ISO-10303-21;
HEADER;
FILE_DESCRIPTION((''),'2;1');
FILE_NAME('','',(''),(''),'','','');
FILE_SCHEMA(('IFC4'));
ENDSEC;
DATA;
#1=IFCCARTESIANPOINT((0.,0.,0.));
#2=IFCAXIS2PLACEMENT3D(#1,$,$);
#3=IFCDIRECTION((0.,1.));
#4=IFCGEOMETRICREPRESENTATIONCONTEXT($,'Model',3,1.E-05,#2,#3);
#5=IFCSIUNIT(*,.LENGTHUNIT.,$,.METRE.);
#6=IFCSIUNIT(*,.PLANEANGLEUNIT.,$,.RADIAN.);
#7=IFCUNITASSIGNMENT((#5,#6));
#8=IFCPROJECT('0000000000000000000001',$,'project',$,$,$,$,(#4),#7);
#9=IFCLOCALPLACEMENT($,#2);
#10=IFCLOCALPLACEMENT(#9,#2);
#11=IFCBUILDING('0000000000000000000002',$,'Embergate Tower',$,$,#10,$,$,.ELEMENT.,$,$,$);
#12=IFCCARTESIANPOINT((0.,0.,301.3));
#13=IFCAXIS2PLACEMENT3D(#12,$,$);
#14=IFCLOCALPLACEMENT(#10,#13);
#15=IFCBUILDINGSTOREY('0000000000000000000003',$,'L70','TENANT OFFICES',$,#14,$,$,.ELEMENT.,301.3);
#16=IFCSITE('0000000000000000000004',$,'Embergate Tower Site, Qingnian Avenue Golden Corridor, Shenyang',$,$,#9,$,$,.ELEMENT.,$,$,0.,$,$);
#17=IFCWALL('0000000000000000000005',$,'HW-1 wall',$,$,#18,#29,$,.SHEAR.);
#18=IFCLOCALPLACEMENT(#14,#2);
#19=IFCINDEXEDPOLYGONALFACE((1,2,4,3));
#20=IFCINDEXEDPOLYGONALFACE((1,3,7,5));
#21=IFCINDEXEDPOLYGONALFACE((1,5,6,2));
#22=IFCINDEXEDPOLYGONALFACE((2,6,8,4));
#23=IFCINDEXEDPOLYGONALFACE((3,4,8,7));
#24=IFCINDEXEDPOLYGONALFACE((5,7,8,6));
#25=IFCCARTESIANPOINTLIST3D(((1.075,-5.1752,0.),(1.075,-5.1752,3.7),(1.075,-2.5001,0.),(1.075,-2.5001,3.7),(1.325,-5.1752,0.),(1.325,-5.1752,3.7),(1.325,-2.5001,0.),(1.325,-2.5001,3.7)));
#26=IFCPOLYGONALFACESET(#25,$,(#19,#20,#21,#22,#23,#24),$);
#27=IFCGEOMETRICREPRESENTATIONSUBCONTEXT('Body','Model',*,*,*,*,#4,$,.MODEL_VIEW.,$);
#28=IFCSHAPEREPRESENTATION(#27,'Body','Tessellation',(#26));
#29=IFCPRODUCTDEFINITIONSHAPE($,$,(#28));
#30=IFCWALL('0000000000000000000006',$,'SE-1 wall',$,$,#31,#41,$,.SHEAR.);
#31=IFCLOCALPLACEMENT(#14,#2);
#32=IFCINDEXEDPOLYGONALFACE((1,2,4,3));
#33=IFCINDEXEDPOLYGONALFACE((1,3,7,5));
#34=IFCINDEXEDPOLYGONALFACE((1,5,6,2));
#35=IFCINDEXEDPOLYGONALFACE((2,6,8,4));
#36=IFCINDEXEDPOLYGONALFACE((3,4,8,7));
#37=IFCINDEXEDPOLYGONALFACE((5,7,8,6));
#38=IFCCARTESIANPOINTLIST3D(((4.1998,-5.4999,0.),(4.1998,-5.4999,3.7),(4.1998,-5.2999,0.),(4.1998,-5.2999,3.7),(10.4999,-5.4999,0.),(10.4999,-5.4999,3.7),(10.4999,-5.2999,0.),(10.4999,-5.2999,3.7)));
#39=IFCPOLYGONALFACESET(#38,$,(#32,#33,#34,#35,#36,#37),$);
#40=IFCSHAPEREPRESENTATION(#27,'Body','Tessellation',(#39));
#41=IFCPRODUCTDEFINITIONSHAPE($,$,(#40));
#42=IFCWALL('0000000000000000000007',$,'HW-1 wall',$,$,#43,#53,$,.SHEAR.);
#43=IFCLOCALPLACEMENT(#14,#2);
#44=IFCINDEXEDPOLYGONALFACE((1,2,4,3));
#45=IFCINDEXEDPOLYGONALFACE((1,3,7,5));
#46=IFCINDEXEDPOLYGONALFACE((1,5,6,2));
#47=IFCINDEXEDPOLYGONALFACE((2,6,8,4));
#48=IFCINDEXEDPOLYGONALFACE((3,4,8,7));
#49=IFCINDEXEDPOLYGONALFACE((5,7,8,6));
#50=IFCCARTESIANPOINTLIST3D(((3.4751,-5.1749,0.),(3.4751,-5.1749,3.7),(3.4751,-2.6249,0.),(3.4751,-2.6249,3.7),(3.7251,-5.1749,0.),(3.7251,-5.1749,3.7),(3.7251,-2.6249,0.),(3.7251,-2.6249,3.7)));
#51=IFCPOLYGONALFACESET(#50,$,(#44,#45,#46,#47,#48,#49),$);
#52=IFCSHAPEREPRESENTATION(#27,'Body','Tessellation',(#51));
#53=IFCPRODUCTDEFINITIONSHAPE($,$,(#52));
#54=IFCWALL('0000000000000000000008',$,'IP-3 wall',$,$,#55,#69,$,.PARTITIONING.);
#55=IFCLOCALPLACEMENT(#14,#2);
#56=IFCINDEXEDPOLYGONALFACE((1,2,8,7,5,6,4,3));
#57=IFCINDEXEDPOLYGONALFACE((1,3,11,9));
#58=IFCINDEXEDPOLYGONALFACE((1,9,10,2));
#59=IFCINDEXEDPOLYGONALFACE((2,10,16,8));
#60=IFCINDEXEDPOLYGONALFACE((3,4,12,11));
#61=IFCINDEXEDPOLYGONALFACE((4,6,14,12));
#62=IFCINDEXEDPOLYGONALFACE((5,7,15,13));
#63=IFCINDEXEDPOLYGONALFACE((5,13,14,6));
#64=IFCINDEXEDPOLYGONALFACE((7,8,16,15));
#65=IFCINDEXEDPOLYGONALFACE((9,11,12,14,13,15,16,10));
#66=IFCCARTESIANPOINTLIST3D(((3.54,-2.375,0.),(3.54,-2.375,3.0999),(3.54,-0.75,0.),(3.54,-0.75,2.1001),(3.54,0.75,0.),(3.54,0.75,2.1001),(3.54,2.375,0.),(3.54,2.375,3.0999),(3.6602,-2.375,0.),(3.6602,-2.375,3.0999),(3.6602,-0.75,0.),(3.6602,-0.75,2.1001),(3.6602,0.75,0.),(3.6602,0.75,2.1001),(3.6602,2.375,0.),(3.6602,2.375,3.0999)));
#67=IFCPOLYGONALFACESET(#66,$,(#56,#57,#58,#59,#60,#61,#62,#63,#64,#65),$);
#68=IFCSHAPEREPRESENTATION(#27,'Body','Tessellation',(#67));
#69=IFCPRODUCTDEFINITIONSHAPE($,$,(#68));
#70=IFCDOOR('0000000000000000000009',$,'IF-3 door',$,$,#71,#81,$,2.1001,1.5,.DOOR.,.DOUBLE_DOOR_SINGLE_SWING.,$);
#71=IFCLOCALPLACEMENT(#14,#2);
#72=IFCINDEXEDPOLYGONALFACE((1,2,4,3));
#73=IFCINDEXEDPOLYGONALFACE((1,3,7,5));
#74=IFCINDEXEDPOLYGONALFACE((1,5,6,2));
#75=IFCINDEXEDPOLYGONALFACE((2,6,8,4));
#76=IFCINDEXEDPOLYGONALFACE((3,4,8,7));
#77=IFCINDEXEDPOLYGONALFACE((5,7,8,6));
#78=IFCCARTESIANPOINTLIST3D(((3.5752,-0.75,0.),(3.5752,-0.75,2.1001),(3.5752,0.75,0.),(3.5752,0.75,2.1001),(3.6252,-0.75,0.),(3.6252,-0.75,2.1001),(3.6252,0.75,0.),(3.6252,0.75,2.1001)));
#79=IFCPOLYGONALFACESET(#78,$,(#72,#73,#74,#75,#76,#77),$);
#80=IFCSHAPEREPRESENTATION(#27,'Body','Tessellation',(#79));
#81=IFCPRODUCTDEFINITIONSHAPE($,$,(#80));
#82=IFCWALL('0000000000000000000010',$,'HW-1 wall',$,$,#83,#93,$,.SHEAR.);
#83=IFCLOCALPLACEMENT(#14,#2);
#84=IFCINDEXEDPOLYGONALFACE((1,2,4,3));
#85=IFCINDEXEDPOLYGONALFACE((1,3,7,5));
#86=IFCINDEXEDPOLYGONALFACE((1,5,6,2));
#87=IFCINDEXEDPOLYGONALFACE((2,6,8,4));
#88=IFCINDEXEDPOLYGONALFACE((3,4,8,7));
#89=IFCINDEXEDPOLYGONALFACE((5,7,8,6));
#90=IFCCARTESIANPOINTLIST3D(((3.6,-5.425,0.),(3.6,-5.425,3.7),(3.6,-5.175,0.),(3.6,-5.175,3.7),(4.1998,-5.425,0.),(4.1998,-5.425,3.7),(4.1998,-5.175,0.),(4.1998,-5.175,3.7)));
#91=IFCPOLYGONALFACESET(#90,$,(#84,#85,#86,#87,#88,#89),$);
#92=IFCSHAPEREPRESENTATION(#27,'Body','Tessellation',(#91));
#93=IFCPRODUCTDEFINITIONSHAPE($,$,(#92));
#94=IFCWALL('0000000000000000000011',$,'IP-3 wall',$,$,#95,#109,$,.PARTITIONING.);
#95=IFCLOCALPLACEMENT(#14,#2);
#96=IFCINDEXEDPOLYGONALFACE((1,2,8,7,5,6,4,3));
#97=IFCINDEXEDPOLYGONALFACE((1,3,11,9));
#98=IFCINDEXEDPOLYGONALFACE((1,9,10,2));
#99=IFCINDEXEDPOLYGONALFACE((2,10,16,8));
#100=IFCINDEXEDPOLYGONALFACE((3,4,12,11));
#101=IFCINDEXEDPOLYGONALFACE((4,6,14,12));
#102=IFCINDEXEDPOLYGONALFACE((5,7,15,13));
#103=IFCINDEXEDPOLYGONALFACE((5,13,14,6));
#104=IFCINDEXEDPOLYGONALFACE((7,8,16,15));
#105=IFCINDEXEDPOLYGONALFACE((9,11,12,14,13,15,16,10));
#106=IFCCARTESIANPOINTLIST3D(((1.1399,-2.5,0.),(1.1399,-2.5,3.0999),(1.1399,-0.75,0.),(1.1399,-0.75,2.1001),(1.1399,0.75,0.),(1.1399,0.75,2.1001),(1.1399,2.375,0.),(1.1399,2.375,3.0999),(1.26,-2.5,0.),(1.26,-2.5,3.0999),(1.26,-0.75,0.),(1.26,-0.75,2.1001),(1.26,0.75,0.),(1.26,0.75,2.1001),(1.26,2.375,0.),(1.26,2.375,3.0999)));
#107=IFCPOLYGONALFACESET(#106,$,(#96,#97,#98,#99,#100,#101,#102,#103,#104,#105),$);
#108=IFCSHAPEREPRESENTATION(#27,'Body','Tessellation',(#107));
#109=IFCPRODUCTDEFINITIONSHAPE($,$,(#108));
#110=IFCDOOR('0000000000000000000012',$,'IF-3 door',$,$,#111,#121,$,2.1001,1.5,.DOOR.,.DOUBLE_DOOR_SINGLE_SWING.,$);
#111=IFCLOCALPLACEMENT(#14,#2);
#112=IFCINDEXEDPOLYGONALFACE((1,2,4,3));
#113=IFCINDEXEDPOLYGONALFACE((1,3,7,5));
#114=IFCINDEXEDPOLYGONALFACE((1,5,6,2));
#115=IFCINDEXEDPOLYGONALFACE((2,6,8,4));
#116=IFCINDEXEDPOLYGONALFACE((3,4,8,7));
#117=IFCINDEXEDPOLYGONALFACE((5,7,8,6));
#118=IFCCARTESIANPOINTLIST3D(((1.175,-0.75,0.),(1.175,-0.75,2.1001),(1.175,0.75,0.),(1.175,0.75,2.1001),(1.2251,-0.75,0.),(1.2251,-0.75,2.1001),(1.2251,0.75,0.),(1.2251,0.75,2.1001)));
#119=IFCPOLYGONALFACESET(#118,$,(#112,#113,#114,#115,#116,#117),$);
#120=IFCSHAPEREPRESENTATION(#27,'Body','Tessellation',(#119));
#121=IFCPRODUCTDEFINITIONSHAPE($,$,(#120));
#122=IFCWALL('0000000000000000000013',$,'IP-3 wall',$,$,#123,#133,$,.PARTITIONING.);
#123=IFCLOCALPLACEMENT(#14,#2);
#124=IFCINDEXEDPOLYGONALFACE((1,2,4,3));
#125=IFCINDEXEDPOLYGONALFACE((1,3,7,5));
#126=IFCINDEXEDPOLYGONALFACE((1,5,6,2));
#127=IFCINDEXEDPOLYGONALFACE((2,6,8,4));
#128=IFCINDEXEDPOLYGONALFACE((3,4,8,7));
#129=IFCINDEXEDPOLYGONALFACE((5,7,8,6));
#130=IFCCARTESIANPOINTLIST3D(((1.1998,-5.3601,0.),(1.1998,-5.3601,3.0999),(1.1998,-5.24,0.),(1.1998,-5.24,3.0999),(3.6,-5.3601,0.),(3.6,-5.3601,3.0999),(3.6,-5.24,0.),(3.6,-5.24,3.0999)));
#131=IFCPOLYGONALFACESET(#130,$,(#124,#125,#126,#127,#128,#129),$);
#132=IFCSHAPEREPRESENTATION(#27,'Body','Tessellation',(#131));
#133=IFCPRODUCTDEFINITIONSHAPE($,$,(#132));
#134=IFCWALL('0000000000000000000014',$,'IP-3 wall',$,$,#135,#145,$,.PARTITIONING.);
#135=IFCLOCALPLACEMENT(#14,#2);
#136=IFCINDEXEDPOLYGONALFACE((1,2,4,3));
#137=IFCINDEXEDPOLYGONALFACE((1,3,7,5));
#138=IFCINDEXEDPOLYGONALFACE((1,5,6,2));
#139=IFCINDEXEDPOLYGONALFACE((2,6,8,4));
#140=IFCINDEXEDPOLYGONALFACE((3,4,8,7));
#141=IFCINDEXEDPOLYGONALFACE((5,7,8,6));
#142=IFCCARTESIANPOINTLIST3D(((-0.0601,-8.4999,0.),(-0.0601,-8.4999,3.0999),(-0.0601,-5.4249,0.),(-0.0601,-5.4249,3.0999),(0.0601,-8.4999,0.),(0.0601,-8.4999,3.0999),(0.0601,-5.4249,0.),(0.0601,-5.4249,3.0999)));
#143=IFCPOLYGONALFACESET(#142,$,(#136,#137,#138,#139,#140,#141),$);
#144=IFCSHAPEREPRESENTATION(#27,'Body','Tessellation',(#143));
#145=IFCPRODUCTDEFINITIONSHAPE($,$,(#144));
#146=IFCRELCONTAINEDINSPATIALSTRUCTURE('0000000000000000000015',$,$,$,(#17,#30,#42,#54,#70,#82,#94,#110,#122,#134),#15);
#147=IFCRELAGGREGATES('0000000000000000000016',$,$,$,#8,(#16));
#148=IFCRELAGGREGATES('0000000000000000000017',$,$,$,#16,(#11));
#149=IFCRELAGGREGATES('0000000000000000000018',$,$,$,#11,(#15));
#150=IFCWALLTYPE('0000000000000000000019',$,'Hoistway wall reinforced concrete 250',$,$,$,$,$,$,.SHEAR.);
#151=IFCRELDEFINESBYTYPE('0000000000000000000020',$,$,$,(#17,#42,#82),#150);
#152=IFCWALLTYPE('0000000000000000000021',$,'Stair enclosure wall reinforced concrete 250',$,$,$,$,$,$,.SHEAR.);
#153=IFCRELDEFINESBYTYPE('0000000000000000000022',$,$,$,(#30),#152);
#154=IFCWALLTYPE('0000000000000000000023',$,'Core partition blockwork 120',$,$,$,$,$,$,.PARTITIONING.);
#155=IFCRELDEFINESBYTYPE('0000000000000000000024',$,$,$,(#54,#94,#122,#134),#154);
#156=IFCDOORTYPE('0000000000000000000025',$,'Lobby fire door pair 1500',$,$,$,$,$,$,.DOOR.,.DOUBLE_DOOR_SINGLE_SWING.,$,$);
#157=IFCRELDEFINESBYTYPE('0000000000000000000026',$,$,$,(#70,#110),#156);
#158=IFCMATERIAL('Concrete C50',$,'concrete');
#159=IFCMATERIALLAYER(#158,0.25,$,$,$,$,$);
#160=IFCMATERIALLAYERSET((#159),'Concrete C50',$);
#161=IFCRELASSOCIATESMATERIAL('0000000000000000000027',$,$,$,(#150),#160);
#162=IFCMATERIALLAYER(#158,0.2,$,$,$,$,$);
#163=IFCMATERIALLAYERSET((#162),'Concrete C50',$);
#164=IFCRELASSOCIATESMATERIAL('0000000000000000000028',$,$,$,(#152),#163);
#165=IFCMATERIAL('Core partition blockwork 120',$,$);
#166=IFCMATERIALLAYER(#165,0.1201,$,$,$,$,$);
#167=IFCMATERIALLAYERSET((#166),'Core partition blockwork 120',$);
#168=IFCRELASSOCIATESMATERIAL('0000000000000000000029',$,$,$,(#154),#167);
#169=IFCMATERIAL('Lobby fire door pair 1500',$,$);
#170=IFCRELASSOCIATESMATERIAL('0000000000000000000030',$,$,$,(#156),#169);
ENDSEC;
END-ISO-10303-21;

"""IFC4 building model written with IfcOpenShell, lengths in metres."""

from ifc_helpers import new_model, si_unit, direction, frame, frame_2d, origin, place, context, subcontext, project, spatial, rectangle, extrude, source, transform, mapped, material, layer, layer_set, type_object, element, fill, save


model = new_model("IFC4")

# Units and contexts
model_context = context("Model", 3, precision=1e-05, world=origin(), true_north=direction((0.0, 1.0)))
body_context = subcontext(model_context, "Body", "Model", "MODEL_VIEW")
ifc_project = project(units=[si_unit("LENGTHUNIT", "METRE"), si_unit("PLANEANGLEUNIT", "RADIAN")], contexts=[model_context])

# Site, building, storey
site_placement = place(None, origin())
site = spatial("IfcSite", under=ifc_project, at=site_placement, Name="Embergate Tower Site, Qingnian Avenue Golden Corridor, Shenyang", CompositionType="ELEMENT", RefElevation=0.0)
building_placement = place(site_placement, origin())
building = spatial("IfcBuilding", under=site, at=building_placement, Name="Embergate Tower", CompositionType="ELEMENT")
storey_placement = place(building_placement, frame((0.0, 0.0, 301.3)))
storey = spatial("IfcBuildingStorey", under=building, at=storey_placement, Name="L70", Description="TENANT OFFICES", CompositionType="ELEMENT", Elevation=301.3)

# Walls
ifc_material_1 = material(Name="Concrete C50", Category="concrete")
ifc_layer_1 = layer(ifc_material_1, 0.25)
ifc_layer_set_1 = layer_set([ifc_layer_1], Name="Concrete C50")
wall_type_1 = type_object("IfcWallType", Name="Hoistway wall reinforced concrete 250", PredefinedType="SHEAR", material=ifc_layer_set_1)
shared_shape_1 = source(origin(), body_context, "Body", "SweptSolid", [
    extrude(rectangle(XDim=2.675, YDim=0.25, at=frame_2d((1.3374, 0.0))), origin(), (0.0, 0.0, 1.0), 3.7),
])
wall_1_placement = place(storey_placement, frame((1.2, -5.175, 0.0), z_axis=(0.0, 0.0, 1.0), x_axis=(0.0, 1.0, 0.0)))
element("IfcWall", 1, at=wall_1_placement, inside=storey, type_object=wall_type_1, Name="HW-1 wall", PredefinedType="SHEAR", context=body_context, shape_type="MappedRepresentation", body=[
    mapped(shared_shape_1, transform((0.0, 0.0, 0.0))),
])
ifc_layer_2 = layer(ifc_material_1, 0.2)
ifc_layer_set_2 = layer_set([ifc_layer_2], Name="Concrete C50")
wall_type_2 = type_object("IfcWallType", Name="Stair enclosure wall reinforced concrete 250", PredefinedType="SHEAR", material=ifc_layer_set_2)
shared_shape_2 = source(origin(), body_context, "Body", "SweptSolid", [
    extrude(rectangle(XDim=6.3, YDim=0.2, at=frame_2d((3.1499, 0.0))), origin(), (0.0, 0.0, 1.0), 3.7),
])
wall_2_placement = place(storey_placement, frame((4.2, -5.3999, 0.0), z_axis=(0.0, 0.0, 1.0), x_axis=(1.0, 0.0, 0.0)))
element("IfcWall", 2, at=wall_2_placement, inside=storey, type_object=wall_type_2, Name="SE-1 wall", PredefinedType="SHEAR", context=body_context, shape_type="MappedRepresentation", body=[
    mapped(shared_shape_2, transform((0.0, 0.0, 0.0))),
])
shared_shape_3 = source(origin(), body_context, "Body", "SweptSolid", [
    extrude(rectangle(XDim=2.55, YDim=0.25, at=frame_2d((1.2749, 0.0))), origin(), (0.0, 0.0, 1.0), 3.7),
])
wall_3_placement = place(storey_placement, frame((3.6001, -2.625, 0.0), z_axis=(0.0, 0.0, 1.0), x_axis=(0.0, -1.0, 0.0)))
element("IfcWall", 3, at=wall_3_placement, inside=storey, type_object=wall_type_1, Name="HW-1 wall", PredefinedType="SHEAR", context=body_context, shape_type="MappedRepresentation", body=[
    mapped(shared_shape_3, transform((0.0, 0.0, 0.0))),
])

# Wall, opening, door
ifc_material_2 = material(Name="Core partition blockwork 120")
ifc_layer_3 = layer(ifc_material_2, 0.1201)
ifc_layer_set_3 = layer_set([ifc_layer_3], Name="Core partition blockwork 120")
wall_type_3 = type_object("IfcWallType", Name="Core partition blockwork 120", PredefinedType="PARTITIONING", material=ifc_layer_set_3)
shared_shape_4 = source(origin(), body_context, "Body", "SweptSolid", [
    extrude(rectangle(XDim=4.75, YDim=0.1201, at=frame_2d((2.375, 0.0))), origin(), (0.0, 0.0, 1.0), 3.0999),
])
wall_4_placement = place(storey_placement, frame((3.6001, -2.375, 0.0), z_axis=(0.0, 0.0, 1.0), x_axis=(0.0, 1.0, 0.0)))
wall_4 = element("IfcWall", 4, at=wall_4_placement, inside=storey, type_object=wall_type_3, Name="IP-3 wall", PredefinedType="PARTITIONING", context=body_context, shape_type="MappedRepresentation", body=[
    mapped(shared_shape_4, transform((0.0, 0.0, 0.0))),
])
shared_shape_5 = source(origin(), body_context, "Body", "SweptSolid", [
    extrude(rectangle(XDim=1.5, YDim=2.1001, at=frame_2d((0.75, 1.05))), frame((0.0, 0.0701, 0.0), z_axis=(0.0, -1.0, 0.0), x_axis=(1.0, 0.0, 0.0)), (0.0, 0.0, 1.0), 0.1401),
])
opening_1_placement = place(wall_4_placement, frame((1.625, 0.0, 0.0)))
opening_1 = element("IfcOpeningElement", 5, at=opening_1_placement, cuts=wall_4, PredefinedType="OPENING", context=body_context, shape_type="MappedRepresentation", body=[
    mapped(shared_shape_5, transform((0.0, 0.0, 0.0))),
])
ifc_material_3 = material(Name="Lobby fire door pair 1500")
door_type_1 = type_object("IfcDoorType", Name="Lobby fire door pair 1500", OperationType="DOUBLE_DOOR_SINGLE_SWING", PredefinedType="DOOR", material=ifc_material_3)
shared_shape_6 = source(origin(), body_context, "Body", "SweptSolid", [
    extrude(rectangle(XDim=1.5, YDim=2.1001, at=frame_2d((0.75, 1.05))), frame((0.0, 0.0249, 0.0), z_axis=(0.0, -1.0, 0.0), x_axis=(1.0, 0.0, 0.0)), (0.0, 0.0, 1.0), 0.05),
])
door_1_placement = place(opening_1_placement, origin())
door_1 = element("IfcDoor", 6, at=door_1_placement, inside=storey, type_object=door_type_1, Name="IF-3 door", OperationType="DOUBLE_DOOR_SINGLE_SWING", OverallHeight=2.1001, OverallWidth=1.5, PredefinedType="DOOR", context=body_context, shape_type="MappedRepresentation", body=[
    mapped(shared_shape_6, transform((0.0, 0.0, 0.0))),
])
fill(opening_1, door_1)

# Wall
shared_shape_7 = source(origin(), body_context, "Body", "SweptSolid", [
    extrude(rectangle(XDim=0.5999, YDim=0.25, at=frame_2d((0.2998, 0.0))), origin(), (0.0, 0.0, 1.0), 3.7),
])
wall_5_placement = place(storey_placement, frame((3.6001, -5.3, 0.0), z_axis=(0.0, 0.0, 1.0), x_axis=(1.0, 0.0, 0.0)))
element("IfcWall", 7, at=wall_5_placement, inside=storey, type_object=wall_type_1, Name="HW-1 wall", PredefinedType="SHEAR", context=body_context, shape_type="MappedRepresentation", body=[
    mapped(shared_shape_7, transform((0.0, 0.0, 0.0))),
])

# Wall, opening, door
shared_shape_8 = source(origin(), body_context, "Body", "SweptSolid", [
    extrude(rectangle(XDim=4.875, YDim=0.1201, at=frame_2d((2.4375, 0.0))), origin(), (0.0, 0.0, 1.0), 3.0999),
])
wall_6_placement = place(storey_placement, frame((1.2, -2.5, 0.0), z_axis=(0.0, 0.0, 1.0), x_axis=(0.0, 1.0, 0.0)))
wall_6 = element("IfcWall", 8, at=wall_6_placement, inside=storey, type_object=wall_type_3, Name="IP-3 wall", PredefinedType="PARTITIONING", context=body_context, shape_type="MappedRepresentation", body=[
    mapped(shared_shape_8, transform((0.0, 0.0, 0.0))),
])
opening_2_placement = place(wall_6_placement, frame((1.75, 0.0, 0.0)))
opening_2 = element("IfcOpeningElement", 9, at=opening_2_placement, cuts=wall_6, PredefinedType="OPENING", context=body_context, shape_type="MappedRepresentation", body=[
    mapped(shared_shape_5, transform((0.0, 0.0, 0.0))),
])
door_2_placement = place(opening_2_placement, origin())
door_2 = element("IfcDoor", 10, at=door_2_placement, inside=storey, type_object=door_type_1, Name="IF-3 door", OperationType="DOUBLE_DOOR_SINGLE_SWING", OverallHeight=2.1001, OverallWidth=1.5, PredefinedType="DOOR", context=body_context, shape_type="MappedRepresentation", body=[
    mapped(shared_shape_6, transform((0.0, 0.0, 0.0))),
])
fill(opening_2, door_2)

# Walls
shared_shape_9 = source(origin(), body_context, "Body", "SweptSolid", [
    extrude(rectangle(XDim=2.4001, YDim=0.1201, at=frame_2d((1.2002, 0.0))), origin(), (0.0, 0.0, 1.0), 3.0999),
])
wall_7_placement = place(storey_placement, frame((3.6001, -5.3, 0.0), z_axis=(0.0, 0.0, 1.0), x_axis=(-1.0, 0.0, 0.0)))
element("IfcWall", 11, at=wall_7_placement, inside=storey, type_object=wall_type_3, Name="IP-3 wall", PredefinedType="PARTITIONING", context=body_context, shape_type="MappedRepresentation", body=[
    mapped(shared_shape_9, transform((0.0, 0.0, 0.0))),
])
shared_shape_10 = source(origin(), body_context, "Body", "SweptSolid", [
    extrude(rectangle(XDim=3.075, YDim=0.1201, at=frame_2d((1.5376, 0.0))), origin(), (0.0, 0.0, 1.0), 3.0999),
])
wall_8_placement = place(storey_placement, frame((0.0, -8.5, 0.0), z_axis=(0.0, 0.0, 1.0), x_axis=(0.0, 1.0, 0.0)))
element("IfcWall", 12, at=wall_8_placement, inside=storey, type_object=wall_type_3, Name="IP-3 wall", PredefinedType="PARTITIONING", context=body_context, shape_type="MappedRepresentation", body=[
    mapped(shared_shape_10, transform((0.0, 0.0, 0.0))),
])

save(model, "model.ifc")
